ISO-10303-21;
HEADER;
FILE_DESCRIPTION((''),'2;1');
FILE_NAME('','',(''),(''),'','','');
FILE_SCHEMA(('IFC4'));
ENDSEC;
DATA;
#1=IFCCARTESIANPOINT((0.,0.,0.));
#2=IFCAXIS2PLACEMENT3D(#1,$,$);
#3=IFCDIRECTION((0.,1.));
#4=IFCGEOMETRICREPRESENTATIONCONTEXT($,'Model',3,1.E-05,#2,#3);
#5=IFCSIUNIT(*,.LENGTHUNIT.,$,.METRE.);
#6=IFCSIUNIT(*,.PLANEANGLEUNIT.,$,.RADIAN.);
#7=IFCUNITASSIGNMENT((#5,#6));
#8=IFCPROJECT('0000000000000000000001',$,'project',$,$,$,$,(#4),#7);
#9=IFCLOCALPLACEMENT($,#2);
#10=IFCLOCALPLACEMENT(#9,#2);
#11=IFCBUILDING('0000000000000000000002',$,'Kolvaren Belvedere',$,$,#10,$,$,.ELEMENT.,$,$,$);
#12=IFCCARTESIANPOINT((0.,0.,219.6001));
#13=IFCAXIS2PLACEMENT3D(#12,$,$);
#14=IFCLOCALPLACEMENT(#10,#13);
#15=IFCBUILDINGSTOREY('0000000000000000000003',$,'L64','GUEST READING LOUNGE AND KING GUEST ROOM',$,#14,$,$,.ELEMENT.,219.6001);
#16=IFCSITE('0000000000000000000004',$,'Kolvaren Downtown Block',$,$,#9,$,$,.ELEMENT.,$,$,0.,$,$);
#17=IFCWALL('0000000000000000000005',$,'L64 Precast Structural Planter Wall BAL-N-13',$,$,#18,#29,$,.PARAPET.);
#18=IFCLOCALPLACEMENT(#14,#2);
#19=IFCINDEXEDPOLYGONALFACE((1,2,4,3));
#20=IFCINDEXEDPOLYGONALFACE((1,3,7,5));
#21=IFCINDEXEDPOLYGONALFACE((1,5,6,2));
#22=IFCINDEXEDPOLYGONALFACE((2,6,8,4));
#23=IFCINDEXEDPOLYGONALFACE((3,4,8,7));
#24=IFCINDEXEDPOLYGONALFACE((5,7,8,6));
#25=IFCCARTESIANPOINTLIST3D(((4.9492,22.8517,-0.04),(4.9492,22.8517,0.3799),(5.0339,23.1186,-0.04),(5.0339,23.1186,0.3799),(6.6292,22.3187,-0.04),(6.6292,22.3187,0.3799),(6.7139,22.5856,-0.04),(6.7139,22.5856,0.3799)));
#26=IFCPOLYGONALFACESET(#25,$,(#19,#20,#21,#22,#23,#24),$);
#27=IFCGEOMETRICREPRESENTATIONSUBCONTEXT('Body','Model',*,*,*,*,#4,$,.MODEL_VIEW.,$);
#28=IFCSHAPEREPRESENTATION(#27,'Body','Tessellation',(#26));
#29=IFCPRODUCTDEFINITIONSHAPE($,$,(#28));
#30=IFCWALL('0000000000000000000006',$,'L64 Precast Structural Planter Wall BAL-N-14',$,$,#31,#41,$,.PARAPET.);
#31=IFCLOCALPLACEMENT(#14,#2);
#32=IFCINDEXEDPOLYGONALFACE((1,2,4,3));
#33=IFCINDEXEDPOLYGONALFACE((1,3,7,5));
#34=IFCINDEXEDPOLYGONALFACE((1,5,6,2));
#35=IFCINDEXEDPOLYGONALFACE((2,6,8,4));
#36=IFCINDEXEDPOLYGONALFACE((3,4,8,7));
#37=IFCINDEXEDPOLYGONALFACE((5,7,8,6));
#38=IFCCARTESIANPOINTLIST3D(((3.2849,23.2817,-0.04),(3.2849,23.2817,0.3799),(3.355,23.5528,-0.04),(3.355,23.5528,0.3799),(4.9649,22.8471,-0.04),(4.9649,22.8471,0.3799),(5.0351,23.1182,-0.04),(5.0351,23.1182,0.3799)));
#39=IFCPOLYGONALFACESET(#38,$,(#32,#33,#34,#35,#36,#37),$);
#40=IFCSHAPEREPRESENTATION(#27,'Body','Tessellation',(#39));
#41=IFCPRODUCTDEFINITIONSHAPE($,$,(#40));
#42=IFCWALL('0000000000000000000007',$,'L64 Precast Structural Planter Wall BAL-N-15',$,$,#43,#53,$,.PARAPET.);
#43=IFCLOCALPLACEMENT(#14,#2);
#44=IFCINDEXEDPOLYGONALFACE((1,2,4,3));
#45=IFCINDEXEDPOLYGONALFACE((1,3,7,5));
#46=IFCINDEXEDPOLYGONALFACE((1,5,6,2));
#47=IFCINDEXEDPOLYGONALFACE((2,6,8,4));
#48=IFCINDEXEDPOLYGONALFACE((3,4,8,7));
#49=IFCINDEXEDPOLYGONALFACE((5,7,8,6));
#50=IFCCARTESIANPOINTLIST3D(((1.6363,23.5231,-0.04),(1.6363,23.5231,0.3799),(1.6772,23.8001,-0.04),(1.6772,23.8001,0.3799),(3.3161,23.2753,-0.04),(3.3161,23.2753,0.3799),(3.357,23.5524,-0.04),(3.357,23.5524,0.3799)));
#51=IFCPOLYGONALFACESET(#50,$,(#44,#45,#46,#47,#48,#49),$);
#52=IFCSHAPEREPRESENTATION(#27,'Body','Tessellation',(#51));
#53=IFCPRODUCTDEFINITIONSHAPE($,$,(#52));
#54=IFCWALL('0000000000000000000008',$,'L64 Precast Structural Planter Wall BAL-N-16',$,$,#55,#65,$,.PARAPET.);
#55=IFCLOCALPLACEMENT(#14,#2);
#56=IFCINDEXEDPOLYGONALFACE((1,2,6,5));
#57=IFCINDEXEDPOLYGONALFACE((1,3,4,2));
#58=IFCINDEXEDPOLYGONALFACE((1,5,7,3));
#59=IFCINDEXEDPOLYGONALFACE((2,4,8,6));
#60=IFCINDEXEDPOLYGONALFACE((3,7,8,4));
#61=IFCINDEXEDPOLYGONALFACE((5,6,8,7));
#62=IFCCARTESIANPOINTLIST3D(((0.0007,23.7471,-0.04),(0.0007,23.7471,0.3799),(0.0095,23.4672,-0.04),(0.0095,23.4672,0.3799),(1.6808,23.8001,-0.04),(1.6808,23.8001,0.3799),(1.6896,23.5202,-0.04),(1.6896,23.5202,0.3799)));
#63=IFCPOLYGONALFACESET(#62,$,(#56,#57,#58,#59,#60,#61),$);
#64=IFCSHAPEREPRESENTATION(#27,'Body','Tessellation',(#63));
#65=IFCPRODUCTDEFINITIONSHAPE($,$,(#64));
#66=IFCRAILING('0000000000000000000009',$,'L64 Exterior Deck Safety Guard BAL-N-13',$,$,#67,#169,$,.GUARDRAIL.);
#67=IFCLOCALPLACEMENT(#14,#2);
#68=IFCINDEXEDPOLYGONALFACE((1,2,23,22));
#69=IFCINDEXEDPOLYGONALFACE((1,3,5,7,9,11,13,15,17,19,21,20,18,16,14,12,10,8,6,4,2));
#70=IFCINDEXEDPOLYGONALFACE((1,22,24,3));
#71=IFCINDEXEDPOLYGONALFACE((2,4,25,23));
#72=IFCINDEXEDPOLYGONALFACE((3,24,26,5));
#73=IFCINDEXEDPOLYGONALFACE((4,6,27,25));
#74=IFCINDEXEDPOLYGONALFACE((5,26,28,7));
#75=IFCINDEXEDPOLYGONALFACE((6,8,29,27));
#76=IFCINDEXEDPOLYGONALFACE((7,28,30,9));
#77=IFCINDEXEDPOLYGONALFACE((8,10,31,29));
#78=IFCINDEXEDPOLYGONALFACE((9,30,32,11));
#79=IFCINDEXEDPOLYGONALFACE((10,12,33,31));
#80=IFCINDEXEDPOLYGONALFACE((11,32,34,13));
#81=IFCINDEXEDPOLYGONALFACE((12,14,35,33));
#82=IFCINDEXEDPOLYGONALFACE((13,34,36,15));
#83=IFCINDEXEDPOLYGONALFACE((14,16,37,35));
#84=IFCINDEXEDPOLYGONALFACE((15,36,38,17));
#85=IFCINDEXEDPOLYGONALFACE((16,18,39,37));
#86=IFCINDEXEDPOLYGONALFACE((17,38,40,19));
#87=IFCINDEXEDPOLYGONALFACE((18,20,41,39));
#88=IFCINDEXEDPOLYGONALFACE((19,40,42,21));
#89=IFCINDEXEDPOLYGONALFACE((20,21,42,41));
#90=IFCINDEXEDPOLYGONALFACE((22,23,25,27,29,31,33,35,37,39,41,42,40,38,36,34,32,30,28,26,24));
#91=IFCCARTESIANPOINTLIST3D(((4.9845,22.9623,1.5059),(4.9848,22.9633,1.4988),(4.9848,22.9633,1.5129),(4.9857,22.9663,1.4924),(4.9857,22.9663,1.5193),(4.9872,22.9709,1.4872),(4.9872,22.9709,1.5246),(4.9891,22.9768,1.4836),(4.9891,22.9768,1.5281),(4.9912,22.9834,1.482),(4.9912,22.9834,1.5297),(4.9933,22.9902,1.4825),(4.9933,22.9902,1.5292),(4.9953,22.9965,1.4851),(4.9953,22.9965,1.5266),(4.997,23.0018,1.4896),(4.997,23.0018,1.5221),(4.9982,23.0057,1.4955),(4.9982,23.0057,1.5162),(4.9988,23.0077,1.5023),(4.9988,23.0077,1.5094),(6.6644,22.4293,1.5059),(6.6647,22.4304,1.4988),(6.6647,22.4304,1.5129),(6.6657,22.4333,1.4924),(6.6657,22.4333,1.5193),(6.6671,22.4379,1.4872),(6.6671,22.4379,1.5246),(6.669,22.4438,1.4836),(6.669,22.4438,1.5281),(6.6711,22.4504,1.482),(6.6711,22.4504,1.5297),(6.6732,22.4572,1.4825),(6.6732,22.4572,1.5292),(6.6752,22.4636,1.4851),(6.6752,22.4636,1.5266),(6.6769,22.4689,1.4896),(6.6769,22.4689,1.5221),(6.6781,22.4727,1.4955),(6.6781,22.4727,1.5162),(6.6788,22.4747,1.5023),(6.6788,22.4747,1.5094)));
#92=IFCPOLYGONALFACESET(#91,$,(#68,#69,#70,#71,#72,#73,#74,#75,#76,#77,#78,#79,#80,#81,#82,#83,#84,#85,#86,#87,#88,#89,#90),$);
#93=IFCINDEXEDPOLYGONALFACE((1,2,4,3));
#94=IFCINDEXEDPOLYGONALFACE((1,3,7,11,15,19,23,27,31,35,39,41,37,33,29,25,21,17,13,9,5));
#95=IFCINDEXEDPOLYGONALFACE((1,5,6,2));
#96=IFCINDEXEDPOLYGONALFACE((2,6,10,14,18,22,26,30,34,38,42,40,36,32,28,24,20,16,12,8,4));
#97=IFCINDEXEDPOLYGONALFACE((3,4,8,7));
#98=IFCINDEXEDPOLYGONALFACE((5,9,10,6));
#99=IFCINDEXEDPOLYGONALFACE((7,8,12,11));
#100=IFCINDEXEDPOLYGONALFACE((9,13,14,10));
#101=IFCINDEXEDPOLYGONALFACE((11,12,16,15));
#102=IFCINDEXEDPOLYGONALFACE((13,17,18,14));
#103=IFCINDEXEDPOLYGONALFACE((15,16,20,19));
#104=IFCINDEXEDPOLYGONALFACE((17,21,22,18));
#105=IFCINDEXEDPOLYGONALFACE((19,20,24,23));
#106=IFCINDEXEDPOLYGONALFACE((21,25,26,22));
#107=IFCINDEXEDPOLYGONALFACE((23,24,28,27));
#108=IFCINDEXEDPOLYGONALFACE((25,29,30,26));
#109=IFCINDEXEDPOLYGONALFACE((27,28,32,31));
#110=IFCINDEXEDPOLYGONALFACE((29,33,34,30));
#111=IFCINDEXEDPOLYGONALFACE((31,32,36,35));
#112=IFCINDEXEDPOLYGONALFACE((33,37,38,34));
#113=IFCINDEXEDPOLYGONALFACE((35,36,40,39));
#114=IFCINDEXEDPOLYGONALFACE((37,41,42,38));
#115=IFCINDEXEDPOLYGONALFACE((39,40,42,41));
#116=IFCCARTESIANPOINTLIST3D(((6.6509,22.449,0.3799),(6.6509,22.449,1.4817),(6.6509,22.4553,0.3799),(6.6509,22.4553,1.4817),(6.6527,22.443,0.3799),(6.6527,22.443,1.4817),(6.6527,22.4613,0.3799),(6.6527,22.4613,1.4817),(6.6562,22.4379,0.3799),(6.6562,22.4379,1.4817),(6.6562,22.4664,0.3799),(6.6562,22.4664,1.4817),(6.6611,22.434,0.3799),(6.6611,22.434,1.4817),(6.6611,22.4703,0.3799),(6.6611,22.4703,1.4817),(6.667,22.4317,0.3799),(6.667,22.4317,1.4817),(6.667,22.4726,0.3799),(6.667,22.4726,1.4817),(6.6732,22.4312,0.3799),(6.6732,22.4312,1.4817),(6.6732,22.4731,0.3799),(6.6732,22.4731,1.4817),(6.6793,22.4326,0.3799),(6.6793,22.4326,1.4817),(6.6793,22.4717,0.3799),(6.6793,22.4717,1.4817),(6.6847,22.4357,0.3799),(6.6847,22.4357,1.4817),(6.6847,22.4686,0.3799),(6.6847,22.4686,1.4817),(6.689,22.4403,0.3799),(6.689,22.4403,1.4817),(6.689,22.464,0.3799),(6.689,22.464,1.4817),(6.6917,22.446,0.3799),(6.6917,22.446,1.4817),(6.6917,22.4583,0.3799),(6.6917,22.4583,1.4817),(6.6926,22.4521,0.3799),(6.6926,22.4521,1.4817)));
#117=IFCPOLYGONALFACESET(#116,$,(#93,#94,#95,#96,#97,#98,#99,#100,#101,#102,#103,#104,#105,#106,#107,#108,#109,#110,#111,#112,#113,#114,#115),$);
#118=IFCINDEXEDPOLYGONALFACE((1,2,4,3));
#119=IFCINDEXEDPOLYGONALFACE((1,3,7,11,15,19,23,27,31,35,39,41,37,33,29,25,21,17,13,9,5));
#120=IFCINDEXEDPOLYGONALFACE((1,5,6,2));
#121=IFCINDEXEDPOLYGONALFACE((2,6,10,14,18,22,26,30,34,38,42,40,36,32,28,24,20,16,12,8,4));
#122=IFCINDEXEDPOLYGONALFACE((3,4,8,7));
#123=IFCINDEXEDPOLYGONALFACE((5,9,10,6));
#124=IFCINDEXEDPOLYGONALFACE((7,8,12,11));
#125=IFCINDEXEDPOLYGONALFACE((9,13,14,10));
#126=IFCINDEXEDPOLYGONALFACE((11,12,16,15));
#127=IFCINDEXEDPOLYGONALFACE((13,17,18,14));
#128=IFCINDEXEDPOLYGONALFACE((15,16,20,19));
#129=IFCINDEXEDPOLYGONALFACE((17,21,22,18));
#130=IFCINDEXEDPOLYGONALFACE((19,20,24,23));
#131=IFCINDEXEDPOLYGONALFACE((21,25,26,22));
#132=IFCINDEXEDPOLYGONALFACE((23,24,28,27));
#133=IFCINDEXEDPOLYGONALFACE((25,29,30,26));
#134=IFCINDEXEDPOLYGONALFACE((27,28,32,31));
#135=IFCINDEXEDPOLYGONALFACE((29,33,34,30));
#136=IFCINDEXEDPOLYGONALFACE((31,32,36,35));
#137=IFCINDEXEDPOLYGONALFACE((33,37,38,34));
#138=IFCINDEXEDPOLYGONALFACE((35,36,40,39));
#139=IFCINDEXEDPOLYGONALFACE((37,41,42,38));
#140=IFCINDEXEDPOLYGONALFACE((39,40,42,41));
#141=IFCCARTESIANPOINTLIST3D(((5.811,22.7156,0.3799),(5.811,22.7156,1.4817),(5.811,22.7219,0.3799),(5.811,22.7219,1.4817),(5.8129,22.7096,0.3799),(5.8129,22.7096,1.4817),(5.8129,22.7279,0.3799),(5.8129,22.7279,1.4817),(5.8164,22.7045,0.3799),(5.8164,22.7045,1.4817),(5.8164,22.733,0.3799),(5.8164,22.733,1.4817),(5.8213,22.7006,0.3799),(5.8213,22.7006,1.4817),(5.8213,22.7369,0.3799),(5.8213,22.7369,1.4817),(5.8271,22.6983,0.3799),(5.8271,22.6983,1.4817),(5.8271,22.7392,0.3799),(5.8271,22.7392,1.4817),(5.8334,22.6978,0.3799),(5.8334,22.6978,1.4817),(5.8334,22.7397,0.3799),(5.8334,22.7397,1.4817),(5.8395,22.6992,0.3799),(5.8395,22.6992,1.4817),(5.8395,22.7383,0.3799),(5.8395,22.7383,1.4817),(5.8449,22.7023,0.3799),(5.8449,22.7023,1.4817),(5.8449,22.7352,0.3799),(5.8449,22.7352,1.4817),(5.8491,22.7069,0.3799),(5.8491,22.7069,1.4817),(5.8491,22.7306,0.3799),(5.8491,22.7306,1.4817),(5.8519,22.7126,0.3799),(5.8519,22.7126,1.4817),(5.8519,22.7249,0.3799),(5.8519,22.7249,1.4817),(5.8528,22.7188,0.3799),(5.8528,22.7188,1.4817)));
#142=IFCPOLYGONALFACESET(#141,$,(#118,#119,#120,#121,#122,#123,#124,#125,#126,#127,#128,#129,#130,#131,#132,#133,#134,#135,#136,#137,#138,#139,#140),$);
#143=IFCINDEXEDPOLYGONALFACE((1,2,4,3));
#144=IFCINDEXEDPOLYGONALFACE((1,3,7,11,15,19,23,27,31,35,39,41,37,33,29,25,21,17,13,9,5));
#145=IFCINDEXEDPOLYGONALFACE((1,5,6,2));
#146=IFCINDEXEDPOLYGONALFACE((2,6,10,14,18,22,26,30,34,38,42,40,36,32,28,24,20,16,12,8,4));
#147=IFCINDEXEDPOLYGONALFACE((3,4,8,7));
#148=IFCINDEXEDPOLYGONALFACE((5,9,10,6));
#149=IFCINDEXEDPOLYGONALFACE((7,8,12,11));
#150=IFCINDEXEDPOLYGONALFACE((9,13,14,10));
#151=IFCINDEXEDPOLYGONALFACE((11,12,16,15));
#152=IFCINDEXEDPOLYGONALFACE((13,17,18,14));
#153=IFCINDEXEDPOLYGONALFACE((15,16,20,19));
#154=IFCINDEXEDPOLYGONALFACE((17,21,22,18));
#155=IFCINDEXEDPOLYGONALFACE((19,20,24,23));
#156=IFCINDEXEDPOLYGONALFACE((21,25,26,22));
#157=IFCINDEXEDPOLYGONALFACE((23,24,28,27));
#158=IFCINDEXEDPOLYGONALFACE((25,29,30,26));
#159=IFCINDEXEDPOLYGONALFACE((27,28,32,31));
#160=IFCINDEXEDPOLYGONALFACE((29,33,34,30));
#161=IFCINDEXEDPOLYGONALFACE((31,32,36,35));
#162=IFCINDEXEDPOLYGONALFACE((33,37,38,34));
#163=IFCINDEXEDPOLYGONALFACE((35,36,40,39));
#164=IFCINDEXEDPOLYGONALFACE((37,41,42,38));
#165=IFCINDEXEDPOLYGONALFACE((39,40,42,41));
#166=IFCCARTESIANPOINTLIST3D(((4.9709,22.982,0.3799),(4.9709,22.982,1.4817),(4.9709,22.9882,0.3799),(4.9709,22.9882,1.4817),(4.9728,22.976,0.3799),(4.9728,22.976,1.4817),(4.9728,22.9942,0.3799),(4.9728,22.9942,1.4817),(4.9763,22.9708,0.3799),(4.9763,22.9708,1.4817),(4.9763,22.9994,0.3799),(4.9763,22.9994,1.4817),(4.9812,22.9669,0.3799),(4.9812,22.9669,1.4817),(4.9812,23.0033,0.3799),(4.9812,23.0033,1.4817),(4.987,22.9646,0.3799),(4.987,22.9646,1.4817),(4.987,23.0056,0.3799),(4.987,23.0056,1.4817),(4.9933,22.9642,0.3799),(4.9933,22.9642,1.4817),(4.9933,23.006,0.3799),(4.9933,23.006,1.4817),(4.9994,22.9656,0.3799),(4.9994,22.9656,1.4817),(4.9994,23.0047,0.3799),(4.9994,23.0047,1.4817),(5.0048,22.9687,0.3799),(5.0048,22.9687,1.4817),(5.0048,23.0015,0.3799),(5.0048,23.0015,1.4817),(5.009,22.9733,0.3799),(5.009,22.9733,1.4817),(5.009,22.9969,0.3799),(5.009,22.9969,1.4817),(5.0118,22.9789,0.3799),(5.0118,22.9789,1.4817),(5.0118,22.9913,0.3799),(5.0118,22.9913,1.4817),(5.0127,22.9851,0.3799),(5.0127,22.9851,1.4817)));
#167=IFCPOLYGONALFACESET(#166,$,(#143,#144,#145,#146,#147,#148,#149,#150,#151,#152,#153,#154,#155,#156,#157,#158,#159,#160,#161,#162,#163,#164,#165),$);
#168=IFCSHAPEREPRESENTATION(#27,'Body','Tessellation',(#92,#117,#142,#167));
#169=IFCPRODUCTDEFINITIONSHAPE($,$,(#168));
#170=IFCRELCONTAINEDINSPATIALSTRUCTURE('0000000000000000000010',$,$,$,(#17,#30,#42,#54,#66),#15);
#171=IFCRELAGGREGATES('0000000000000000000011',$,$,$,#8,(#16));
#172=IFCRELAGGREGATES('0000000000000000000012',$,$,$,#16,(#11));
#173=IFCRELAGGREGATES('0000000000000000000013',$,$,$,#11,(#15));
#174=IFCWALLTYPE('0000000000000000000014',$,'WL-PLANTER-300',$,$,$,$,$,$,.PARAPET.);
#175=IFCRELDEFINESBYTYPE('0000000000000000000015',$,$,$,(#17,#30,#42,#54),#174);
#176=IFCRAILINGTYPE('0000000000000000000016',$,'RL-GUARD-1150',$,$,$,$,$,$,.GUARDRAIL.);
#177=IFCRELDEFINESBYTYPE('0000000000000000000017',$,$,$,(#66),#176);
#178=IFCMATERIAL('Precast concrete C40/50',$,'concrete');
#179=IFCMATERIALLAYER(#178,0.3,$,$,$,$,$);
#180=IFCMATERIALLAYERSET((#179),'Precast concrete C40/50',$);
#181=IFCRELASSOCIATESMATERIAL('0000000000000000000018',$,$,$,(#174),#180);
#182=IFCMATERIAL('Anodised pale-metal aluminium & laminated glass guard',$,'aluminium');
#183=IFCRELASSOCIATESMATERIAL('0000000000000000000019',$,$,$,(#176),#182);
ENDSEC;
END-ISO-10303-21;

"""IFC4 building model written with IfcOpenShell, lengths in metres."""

from ifc_helpers import new_model, si_unit, direction, frame, frame_2d, origin, origin_2d, place, context, subcontext, project, spatial, rectangle, circle, extrude, material, layer, layer_set, type_object, element, save


model = new_model("IFC4")

# Units and contexts
model_context = context("Model", 3, precision=1e-05, world=origin(), true_north=direction((0.0, 1.0)))
body_context = subcontext(model_context, "Body", "Model", "MODEL_VIEW")
ifc_project = project(units=[si_unit("LENGTHUNIT", "METRE"), si_unit("PLANEANGLEUNIT", "RADIAN")], contexts=[model_context])

# Site, building, storey
site_placement = place(None, origin())
site = spatial("IfcSite", under=ifc_project, at=site_placement, Name="Kolvaren Downtown Block", CompositionType="ELEMENT", RefElevation=0.0)
building_placement = place(site_placement, origin())
building = spatial("IfcBuilding", under=site, at=building_placement, Name="Kolvaren Belvedere", CompositionType="ELEMENT")
storey_placement = place(building_placement, frame((0.0, 0.0, 219.6001)))
storey = spatial("IfcBuildingStorey", under=building, at=storey_placement, Name="L64", Description="GUEST READING LOUNGE AND KING GUEST ROOM", CompositionType="ELEMENT", Elevation=219.6001)

# Walls
ifc_material_1 = material(Name="Precast concrete C40/50", Category="concrete")
ifc_layer_1 = layer(ifc_material_1, 0.3)
ifc_layer_set_1 = layer_set([ifc_layer_1], Name="Precast concrete C40/50")
wall_type_1 = type_object("IfcWallType", Name="WL-PLANTER-300", PredefinedType="PARAPET", material=ifc_layer_set_1)
wall_1_placement = place(storey_placement, frame((6.6716, 22.4521, -0.04), z_axis=(0.0, 0.0, 1.0), x_axis=(-0.953182, 0.302397, 0.0)))
element("IfcWall", 1, at=wall_1_placement, inside=storey, type_object=wall_type_1, Name="L64 Precast Structural Planter Wall BAL-N-13", PredefinedType="PARAPET", context=body_context, shape_type="SweptSolid", body=[
    extrude(rectangle(XDim=1.7625, YDim=0.28, at=frame_2d((0.8813, 0.0))), origin(), (0.0, 0.0, 1.0), 0.4199),
])
wall_2_placement = place(storey_placement, frame((5.0, 22.9827, -0.04), z_axis=(0.0, 0.0, 1.0), x_axis=(-0.968141, 0.250406, 0.0)))
element("IfcWall", 2, at=wall_2_placement, inside=storey, type_object=wall_type_1, Name="L64 Precast Structural Planter Wall BAL-N-14", PredefinedType="PARAPET", context=body_context, shape_type="SweptSolid", body=[
    extrude(rectangle(XDim=1.7354, YDim=0.28, at=frame_2d((0.8677, 0.0))), origin(), (0.0, 0.0, 1.0), 0.4199),
])
wall_3_placement = place(storey_placement, frame((3.3367, 23.4138, -0.04), z_axis=(0.0, 0.0, 1.0), x_axis=(-0.989295, 0.145929, 0.0)))
element("IfcWall", 3, at=wall_3_placement, inside=storey, type_object=wall_type_1, Name="L64 Precast Structural Planter Wall BAL-N-15", PredefinedType="PARAPET", context=body_context, shape_type="SweptSolid", body=[
    extrude(rectangle(XDim=1.698, YDim=0.28, at=frame_2d((0.8491, 0.0))), origin(), (0.0, 0.0, 1.0), 0.4199),
])
wall_4_placement = place(storey_placement, frame((1.6851, 23.6602, -0.04), z_axis=(0.0, 0.0, 1.0), x_axis=(-0.999503, -0.031516, 0.0)))
element("IfcWall", 4, at=wall_4_placement, inside=storey, type_object=wall_type_1, Name="L64 Precast Structural Planter Wall BAL-N-16", PredefinedType="PARAPET", context=body_context, shape_type="SweptSolid", body=[
    extrude(rectangle(XDim=1.6809, YDim=0.28, at=frame_2d((0.8403, 0.0))), origin(), (0.0, 0.0, 1.0), 0.4199),
])

# Railing
ifc_material_2 = material(Name="Anodised pale-metal aluminium & laminated glass guard", Category="aluminium")
railing_type = type_object("IfcRailingType", Name="RL-GUARD-1150", PredefinedType="GUARDRAIL", material=ifc_material_2)
railing_1_placement = place(storey_placement, frame((6.6716, 22.4521, 0.3799)))
element("IfcRailing", 5, at=railing_1_placement, inside=storey, type_object=railing_type, Name="L64 Exterior Deck Safety Guard BAL-N-13", PredefinedType="GUARDRAIL", context=body_context, shape_type="SweptSolid", body=[
    extrude(circle(Radius=0.0239, at=origin_2d()), frame((0.0, 0.0, 1.126), z_axis=(-0.953182, 0.302397, 0.0), x_axis=(-0.302397, -0.953182, 0.0)), (0.0, 0.0, 1.0), 1.7625),
    extrude(circle(Radius=0.021, at=origin_2d()), origin(), (0.0, 0.0, 1.0), 1.1018),
    extrude(circle(Radius=0.021, at=origin_2d()), frame((-0.8398, 0.2666, 0.0)), (0.0, 0.0, 1.0), 1.1018),
    extrude(circle(Radius=0.021, at=origin_2d()), frame((-1.6799, 0.533, 0.0)), (0.0, 0.0, 1.0), 1.1018),
])

save(model, "model.ifc")
